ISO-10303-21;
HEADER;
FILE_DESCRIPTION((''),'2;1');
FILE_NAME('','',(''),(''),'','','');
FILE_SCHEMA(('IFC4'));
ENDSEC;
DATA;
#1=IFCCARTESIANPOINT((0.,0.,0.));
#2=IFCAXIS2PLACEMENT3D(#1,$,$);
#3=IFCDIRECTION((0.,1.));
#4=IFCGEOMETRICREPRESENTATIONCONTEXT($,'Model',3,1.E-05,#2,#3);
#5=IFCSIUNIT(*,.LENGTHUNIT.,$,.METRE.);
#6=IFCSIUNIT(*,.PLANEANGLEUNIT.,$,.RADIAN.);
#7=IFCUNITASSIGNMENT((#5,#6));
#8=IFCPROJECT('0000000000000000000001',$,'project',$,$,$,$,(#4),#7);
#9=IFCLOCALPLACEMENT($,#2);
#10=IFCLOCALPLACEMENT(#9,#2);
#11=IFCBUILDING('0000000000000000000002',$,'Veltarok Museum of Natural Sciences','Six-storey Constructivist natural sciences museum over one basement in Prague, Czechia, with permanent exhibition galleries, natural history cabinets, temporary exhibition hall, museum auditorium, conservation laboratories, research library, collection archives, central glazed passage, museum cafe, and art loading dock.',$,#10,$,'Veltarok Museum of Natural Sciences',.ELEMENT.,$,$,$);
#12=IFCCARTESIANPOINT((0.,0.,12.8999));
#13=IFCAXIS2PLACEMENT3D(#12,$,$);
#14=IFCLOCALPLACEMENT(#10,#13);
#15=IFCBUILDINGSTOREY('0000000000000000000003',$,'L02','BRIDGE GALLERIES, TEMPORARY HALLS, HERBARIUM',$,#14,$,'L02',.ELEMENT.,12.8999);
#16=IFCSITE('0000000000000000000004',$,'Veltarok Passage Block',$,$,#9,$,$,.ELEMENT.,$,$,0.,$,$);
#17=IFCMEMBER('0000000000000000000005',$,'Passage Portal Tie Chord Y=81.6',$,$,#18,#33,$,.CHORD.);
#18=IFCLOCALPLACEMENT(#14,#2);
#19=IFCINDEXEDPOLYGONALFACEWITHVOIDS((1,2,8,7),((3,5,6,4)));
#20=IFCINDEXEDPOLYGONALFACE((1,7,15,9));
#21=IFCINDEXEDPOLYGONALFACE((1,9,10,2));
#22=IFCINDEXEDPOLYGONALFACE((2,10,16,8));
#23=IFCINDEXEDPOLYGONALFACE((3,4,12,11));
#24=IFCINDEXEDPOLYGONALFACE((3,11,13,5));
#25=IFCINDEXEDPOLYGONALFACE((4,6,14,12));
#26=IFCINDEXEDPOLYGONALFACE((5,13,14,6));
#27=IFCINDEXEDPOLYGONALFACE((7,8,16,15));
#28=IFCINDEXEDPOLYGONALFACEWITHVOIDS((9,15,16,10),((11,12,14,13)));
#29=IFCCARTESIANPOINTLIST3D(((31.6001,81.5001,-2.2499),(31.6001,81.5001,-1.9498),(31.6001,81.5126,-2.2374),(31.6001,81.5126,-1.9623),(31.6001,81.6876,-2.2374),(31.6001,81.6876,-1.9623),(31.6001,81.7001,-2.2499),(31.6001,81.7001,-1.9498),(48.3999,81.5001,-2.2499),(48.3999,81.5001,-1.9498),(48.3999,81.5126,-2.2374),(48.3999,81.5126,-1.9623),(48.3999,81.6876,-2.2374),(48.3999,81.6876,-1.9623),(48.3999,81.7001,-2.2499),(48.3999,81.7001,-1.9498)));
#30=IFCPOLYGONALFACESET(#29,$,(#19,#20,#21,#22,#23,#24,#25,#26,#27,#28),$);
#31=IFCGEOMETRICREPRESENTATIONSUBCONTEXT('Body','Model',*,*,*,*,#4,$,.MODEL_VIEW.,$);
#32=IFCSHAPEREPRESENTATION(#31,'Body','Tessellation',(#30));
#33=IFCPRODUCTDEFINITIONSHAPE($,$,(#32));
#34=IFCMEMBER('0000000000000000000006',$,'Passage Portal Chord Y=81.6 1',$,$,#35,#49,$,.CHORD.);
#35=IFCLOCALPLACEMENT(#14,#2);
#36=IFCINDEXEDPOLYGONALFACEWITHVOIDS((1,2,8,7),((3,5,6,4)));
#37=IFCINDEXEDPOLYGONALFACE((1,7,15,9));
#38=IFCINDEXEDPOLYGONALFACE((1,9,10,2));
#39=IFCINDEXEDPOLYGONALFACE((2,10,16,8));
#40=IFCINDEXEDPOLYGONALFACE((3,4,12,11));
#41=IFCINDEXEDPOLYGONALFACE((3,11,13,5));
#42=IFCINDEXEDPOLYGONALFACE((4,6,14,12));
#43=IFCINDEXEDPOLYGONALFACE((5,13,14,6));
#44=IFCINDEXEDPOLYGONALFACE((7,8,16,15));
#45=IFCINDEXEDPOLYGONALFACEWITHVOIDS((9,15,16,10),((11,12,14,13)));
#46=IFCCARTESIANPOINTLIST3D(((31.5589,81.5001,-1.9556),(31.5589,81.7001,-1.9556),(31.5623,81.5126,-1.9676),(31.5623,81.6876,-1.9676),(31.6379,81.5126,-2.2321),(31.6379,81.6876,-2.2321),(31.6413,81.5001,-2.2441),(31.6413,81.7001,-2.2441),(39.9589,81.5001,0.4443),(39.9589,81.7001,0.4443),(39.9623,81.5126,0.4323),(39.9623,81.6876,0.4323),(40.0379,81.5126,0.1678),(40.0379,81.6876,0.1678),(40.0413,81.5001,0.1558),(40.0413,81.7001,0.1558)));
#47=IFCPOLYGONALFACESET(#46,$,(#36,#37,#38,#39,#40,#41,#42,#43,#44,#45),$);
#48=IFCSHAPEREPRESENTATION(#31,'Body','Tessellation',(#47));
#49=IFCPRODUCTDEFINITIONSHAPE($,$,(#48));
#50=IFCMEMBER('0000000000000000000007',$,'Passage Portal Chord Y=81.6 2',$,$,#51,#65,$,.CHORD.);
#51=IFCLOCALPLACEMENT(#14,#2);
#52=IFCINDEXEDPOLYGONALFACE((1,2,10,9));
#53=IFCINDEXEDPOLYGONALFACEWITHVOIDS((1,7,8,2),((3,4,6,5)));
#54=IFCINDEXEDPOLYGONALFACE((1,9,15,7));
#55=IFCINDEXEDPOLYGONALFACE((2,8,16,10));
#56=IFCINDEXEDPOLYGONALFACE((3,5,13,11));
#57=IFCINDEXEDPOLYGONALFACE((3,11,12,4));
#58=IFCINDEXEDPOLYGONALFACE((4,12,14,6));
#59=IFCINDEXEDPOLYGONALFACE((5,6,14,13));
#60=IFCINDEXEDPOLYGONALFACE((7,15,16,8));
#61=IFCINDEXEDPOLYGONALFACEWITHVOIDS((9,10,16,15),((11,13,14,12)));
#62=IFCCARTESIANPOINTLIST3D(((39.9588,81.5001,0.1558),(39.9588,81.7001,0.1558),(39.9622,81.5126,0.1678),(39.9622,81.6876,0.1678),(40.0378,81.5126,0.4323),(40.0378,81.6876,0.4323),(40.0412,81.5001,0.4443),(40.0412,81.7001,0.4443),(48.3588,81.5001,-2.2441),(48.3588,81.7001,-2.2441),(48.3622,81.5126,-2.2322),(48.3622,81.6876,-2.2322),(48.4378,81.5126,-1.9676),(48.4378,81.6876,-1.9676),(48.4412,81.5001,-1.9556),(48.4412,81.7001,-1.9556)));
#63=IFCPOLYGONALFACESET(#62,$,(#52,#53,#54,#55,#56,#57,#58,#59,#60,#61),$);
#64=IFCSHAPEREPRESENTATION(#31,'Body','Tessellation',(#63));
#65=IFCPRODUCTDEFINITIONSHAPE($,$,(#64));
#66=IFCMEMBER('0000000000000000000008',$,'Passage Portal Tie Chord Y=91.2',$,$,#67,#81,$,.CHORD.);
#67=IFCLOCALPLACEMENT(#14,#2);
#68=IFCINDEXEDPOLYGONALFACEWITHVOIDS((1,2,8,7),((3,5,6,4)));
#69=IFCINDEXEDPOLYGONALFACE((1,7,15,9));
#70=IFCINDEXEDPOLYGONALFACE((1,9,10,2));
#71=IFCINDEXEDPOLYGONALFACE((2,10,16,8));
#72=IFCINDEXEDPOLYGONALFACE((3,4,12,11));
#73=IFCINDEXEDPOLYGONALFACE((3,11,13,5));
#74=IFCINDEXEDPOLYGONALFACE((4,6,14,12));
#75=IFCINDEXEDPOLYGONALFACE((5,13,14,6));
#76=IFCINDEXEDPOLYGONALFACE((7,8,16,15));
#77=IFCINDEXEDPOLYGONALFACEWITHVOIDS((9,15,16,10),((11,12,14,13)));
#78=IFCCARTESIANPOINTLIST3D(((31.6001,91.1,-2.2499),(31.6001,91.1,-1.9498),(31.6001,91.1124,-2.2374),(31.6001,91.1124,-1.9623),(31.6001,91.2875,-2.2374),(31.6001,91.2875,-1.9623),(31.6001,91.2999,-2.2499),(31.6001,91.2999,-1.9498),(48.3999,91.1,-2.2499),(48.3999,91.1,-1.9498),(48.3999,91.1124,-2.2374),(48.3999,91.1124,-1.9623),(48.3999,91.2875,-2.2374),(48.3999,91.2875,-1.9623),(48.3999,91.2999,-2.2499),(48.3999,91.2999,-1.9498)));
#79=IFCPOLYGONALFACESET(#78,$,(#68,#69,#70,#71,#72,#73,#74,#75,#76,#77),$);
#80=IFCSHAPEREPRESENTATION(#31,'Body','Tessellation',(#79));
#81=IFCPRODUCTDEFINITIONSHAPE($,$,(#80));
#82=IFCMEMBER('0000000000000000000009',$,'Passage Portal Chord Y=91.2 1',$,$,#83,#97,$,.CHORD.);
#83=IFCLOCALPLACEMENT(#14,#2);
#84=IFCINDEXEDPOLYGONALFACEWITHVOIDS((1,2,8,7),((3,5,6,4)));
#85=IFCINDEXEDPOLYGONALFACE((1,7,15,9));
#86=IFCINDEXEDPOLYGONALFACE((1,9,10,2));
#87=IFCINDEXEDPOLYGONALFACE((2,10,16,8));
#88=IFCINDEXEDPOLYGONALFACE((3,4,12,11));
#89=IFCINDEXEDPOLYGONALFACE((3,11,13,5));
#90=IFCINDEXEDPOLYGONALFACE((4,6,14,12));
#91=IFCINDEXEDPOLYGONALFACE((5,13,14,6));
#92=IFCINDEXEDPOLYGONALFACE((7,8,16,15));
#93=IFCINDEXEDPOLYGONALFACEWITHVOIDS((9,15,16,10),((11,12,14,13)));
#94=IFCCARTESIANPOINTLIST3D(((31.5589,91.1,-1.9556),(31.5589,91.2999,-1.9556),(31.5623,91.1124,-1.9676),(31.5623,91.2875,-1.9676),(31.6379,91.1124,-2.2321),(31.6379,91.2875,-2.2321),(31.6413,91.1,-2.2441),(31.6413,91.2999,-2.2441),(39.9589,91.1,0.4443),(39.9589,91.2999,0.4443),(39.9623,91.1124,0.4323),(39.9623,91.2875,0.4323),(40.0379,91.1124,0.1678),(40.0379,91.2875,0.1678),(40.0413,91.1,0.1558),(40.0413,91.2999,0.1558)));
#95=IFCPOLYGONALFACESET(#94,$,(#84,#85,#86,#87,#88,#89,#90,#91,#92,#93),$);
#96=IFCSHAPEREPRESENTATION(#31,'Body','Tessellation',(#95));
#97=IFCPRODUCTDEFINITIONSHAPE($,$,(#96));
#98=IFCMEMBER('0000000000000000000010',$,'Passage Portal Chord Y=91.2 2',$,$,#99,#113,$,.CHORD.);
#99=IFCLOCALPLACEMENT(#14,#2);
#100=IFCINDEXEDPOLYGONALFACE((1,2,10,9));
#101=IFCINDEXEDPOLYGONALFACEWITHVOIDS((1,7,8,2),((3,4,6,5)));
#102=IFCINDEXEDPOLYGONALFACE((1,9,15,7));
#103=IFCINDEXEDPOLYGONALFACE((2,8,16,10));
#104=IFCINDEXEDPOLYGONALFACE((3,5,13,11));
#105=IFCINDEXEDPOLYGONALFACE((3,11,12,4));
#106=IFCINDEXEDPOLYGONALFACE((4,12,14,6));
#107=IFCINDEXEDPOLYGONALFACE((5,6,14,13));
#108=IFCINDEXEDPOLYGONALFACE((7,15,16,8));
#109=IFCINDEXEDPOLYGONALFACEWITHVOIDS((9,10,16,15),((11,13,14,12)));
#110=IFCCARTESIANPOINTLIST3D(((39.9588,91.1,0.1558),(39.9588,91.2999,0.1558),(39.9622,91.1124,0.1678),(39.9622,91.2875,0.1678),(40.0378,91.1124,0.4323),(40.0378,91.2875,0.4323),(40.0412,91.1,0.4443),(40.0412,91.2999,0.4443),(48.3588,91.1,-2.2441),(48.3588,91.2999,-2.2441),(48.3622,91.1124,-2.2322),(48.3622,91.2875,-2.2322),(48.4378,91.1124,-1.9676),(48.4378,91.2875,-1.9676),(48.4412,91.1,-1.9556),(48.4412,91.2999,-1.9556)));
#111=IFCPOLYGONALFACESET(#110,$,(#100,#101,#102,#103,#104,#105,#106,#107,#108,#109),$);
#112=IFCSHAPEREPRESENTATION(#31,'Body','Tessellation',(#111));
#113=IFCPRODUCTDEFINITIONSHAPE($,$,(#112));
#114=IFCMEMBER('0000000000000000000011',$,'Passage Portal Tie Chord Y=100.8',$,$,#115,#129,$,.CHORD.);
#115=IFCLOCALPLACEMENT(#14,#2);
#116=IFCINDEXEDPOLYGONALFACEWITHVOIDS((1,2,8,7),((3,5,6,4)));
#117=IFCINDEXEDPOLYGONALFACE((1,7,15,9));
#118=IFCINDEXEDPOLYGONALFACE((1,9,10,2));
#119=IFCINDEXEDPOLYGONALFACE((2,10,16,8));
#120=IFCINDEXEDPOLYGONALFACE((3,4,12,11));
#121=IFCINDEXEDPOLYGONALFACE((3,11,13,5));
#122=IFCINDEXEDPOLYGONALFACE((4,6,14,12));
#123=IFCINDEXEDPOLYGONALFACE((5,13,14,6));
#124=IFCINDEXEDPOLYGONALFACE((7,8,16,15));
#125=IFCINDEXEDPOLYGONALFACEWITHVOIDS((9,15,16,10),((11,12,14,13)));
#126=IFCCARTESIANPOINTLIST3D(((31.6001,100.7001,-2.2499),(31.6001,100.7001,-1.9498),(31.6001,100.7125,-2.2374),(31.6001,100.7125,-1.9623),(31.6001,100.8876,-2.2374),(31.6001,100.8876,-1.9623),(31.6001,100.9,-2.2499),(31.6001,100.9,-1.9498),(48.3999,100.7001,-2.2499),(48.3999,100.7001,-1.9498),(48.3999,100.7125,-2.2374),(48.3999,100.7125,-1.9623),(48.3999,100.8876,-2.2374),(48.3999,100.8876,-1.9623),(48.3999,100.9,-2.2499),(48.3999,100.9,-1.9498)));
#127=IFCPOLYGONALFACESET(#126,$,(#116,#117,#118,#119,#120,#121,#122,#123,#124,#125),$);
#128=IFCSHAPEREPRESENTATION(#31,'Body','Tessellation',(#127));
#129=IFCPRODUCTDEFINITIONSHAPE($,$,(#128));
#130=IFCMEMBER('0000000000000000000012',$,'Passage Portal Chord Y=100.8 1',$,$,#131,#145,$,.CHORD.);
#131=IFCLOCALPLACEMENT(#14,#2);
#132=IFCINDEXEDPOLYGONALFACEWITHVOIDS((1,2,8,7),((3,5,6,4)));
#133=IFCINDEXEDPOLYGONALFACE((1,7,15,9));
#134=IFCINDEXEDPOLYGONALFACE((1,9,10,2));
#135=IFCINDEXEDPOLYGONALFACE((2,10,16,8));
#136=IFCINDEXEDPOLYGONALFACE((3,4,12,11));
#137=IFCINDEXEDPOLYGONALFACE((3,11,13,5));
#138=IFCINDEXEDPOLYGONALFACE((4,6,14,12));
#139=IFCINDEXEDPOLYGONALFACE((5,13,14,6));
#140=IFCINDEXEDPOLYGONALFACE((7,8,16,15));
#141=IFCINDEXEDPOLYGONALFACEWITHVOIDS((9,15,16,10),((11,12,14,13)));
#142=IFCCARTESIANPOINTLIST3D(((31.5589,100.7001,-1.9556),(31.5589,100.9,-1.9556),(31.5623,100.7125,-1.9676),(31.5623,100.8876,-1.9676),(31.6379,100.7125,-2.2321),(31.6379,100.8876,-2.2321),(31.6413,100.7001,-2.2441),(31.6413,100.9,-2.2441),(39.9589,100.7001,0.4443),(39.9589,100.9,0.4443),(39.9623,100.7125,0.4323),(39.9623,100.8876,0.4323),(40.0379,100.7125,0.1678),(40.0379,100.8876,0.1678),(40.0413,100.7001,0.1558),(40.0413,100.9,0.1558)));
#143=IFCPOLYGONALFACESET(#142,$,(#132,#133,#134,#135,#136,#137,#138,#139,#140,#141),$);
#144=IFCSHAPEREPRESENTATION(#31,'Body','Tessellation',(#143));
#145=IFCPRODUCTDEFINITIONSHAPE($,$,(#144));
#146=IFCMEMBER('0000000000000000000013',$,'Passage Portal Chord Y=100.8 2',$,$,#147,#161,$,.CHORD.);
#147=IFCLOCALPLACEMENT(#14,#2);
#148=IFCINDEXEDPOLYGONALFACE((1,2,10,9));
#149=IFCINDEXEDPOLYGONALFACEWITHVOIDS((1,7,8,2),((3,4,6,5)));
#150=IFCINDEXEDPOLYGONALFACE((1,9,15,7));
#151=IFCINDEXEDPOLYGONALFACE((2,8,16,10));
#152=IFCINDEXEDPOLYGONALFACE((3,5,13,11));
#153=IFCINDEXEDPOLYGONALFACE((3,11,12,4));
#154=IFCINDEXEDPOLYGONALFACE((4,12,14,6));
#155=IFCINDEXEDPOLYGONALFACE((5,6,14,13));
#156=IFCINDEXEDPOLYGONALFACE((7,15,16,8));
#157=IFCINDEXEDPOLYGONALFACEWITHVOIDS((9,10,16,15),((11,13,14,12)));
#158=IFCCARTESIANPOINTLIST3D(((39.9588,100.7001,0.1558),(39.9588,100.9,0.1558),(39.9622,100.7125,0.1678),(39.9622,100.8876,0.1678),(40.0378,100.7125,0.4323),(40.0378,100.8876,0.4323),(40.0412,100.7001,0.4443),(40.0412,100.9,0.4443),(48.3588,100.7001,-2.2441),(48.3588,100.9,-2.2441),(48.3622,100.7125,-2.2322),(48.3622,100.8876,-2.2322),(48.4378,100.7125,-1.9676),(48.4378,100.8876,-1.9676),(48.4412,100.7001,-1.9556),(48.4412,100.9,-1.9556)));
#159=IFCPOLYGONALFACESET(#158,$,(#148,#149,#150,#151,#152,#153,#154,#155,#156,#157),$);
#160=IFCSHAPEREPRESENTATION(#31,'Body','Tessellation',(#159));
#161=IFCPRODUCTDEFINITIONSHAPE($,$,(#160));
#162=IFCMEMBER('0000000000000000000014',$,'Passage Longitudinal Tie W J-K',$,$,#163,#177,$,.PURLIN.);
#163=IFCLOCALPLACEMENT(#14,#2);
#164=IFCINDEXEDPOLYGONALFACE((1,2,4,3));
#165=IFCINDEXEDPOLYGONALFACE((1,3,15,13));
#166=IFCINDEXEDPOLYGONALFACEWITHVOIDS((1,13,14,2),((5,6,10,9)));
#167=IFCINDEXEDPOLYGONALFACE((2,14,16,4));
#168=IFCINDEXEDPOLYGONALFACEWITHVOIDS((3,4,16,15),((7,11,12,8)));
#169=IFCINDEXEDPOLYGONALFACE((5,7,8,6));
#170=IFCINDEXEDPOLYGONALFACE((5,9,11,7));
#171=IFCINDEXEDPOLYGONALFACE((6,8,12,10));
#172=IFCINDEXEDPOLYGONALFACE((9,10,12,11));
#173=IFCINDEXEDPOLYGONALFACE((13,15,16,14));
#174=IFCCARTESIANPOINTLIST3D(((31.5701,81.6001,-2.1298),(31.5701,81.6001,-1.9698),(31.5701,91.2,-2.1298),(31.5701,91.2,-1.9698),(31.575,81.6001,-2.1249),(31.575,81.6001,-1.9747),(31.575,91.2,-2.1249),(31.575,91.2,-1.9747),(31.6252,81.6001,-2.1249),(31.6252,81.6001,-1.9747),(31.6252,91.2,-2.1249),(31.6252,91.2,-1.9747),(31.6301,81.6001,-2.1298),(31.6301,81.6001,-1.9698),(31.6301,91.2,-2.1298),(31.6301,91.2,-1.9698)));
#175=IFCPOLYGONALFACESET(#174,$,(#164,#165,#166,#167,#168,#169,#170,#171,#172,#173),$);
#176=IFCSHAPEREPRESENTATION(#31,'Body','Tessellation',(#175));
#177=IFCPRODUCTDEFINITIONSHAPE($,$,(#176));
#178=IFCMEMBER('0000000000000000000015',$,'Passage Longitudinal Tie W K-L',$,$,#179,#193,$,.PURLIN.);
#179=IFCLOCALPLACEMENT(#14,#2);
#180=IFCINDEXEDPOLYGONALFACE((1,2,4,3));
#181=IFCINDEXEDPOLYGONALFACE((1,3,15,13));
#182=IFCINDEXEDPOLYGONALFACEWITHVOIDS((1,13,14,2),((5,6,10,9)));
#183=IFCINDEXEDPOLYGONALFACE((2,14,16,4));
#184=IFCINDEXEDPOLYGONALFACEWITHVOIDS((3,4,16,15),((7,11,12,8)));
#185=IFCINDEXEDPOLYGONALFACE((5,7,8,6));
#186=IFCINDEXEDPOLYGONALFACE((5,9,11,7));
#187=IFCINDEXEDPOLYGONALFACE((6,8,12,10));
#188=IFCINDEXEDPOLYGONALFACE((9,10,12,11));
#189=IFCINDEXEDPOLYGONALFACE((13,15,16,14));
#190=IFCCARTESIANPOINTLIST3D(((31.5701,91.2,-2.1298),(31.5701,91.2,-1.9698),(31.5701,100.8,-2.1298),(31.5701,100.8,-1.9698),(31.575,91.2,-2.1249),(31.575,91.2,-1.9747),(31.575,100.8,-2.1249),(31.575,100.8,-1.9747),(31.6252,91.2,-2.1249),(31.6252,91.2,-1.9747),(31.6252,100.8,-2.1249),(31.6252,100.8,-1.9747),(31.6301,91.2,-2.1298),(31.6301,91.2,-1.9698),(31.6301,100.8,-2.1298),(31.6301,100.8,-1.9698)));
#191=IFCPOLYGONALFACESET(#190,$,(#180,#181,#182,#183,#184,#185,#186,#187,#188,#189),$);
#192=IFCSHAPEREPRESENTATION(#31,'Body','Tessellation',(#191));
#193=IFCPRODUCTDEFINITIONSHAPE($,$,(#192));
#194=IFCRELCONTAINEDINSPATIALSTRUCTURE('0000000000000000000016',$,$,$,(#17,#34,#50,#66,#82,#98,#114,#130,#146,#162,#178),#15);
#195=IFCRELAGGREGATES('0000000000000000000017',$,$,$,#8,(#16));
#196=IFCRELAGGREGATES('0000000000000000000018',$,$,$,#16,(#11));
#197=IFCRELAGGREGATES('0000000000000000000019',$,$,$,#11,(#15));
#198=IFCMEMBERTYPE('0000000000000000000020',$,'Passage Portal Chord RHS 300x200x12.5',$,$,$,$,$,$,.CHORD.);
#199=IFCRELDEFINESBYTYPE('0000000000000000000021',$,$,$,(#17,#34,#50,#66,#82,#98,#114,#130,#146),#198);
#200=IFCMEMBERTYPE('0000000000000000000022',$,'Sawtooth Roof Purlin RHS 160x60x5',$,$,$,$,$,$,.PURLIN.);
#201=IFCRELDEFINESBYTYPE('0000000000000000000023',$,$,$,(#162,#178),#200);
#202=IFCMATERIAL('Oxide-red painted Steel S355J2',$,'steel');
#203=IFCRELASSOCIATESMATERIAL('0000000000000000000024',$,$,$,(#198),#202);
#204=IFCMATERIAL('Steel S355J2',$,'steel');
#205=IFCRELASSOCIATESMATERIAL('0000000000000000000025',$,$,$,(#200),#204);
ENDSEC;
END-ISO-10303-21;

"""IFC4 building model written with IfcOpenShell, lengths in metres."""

from ifc_helpers import new_model, si_unit, direction, frame, origin, origin_2d, place, context, subcontext, project, spatial, hollow_rectangle, extrude, material, material_profile, profile_set, type_object, element, save


model = new_model("IFC4")

# Units and contexts
model_context = context("Model", 3, precision=1e-05, world=origin(), true_north=direction((0.0, 1.0)))
body_context = subcontext(model_context, "Body", "Model", "MODEL_VIEW")
ifc_project = project(units=[si_unit("LENGTHUNIT", "METRE"), si_unit("PLANEANGLEUNIT", "RADIAN")], contexts=[model_context])

# Site, building, storey
site_placement = place(None, origin())
site = spatial("IfcSite", under=ifc_project, at=site_placement, Name="Veltarok Passage Block", CompositionType="ELEMENT", RefElevation=0.0)
building_placement = place(site_placement, origin())
building = spatial("IfcBuilding", under=site, at=building_placement, Name="Veltarok Museum of Natural Sciences", Description="Six-storey Constructivist natural sciences museum over one basement in Prague, Czechia, with permanent exhibition galleries, natural history cabinets, temporary exhibition hall, museum auditorium, conservation laboratories, research library, collection archives, central glazed passage, museum cafe, and art loading dock.", LongName="Veltarok Museum of Natural Sciences", CompositionType="ELEMENT")
storey_placement = place(building_placement, frame((0.0, 0.0, 12.8999)))
storey = spatial("IfcBuildingStorey", under=building, at=storey_placement, Name="L02", Description="BRIDGE GALLERIES, TEMPORARY HALLS, HERBARIUM", LongName="L02", CompositionType="ELEMENT", Elevation=12.8999)

# Members
ifc_material_1 = material(Name="Oxide-red painted Steel S355J2", Category="steel")
ifc_material_profile_1 = material_profile(ifc_material_1, hollow_rectangle(XDim=0.2, YDim=0.3, WallThickness=0.0125, at=origin_2d()), Name="RHS 300x200x12.5")
ifc_profile_set_1 = profile_set([ifc_material_profile_1], Name="Oxide-red painted Steel S355J2")
member_type_1 = type_object("IfcMemberType", Name="Passage Portal Chord RHS 300x200x12.5", PredefinedType="CHORD", material=ifc_profile_set_1)
member_1_placement = place(storey_placement, frame((31.6001, 81.6001, -2.0999), z_axis=(1.0, 0.0, 0.0), x_axis=(0.0, 1.0, 0.0)))
element("IfcMember", 1, at=member_1_placement, inside=storey, type_object=member_type_1, Name="Passage Portal Tie Chord Y=81.6", PredefinedType="CHORD", context=body_context, shape_type="SweptSolid", body=[
    extrude(hollow_rectangle(XDim=0.2, YDim=0.3, WallThickness=0.0125, at=origin_2d()), origin(), (0.0, 0.0, 1.0), 16.7998),
])
for number, where, z_axis, x_axis, name in (
    (2, (31.6001, 81.6001, -2.0999), (0.961526, 0.0, 0.274714), (0.0, 1.0, 0.0), "Passage Portal Chord Y=81.6 1"),
    (3, (40.0, 81.6001, 0.3), (0.961526, 0.0, -0.274714), (0.0, 1.0, 0.0), "Passage Portal Chord Y=81.6 2"),
):
    element("IfcMember", number, at=place(storey_placement, frame(where, z_axis=z_axis, x_axis=x_axis)), inside=storey, type_object=member_type_1, Name=name, PredefinedType="CHORD", context=body_context, shape_type="SweptSolid", body=[
        extrude(hollow_rectangle(XDim=0.2, YDim=0.3, WallThickness=0.0125, at=origin_2d()), origin(), (0.0, 0.0, 1.0), 8.7361),
    ])
member_2_placement = place(storey_placement, frame((31.6001, 91.2, -2.0999), z_axis=(1.0, 0.0, 0.0), x_axis=(0.0, 1.0, 0.0)))
element("IfcMember", 4, at=member_2_placement, inside=storey, type_object=member_type_1, Name="Passage Portal Tie Chord Y=91.2", PredefinedType="CHORD", context=body_context, shape_type="SweptSolid", body=[
    extrude(hollow_rectangle(XDim=0.2, YDim=0.3, WallThickness=0.0125, at=origin_2d()), origin(), (0.0, 0.0, 1.0), 16.7998),
])
for number, where, z_axis, x_axis, name in (
    (5, (31.6001, 91.2, -2.0999), (0.961526, 0.0, 0.274714), (0.0, 1.0, 0.0), "Passage Portal Chord Y=91.2 1"),
    (6, (40.0, 91.2, 0.3), (0.961526, 0.0, -0.274714), (0.0, 1.0, 0.0), "Passage Portal Chord Y=91.2 2"),
):
    element("IfcMember", number, at=place(storey_placement, frame(where, z_axis=z_axis, x_axis=x_axis)), inside=storey, type_object=member_type_1, Name=name, PredefinedType="CHORD", context=body_context, shape_type="SweptSolid", body=[
        extrude(hollow_rectangle(XDim=0.2, YDim=0.3, WallThickness=0.0125, at=origin_2d()), origin(), (0.0, 0.0, 1.0), 8.7361),
    ])
member_3_placement = place(storey_placement, frame((31.6001, 100.8, -2.0999), z_axis=(1.0, 0.0, 0.0), x_axis=(0.0, 1.0, 0.0)))
element("IfcMember", 7, at=member_3_placement, inside=storey, type_object=member_type_1, Name="Passage Portal Tie Chord Y=100.8", PredefinedType="CHORD", context=body_context, shape_type="SweptSolid", body=[
    extrude(hollow_rectangle(XDim=0.2, YDim=0.3, WallThickness=0.0125, at=origin_2d()), origin(), (0.0, 0.0, 1.0), 16.7998),
])
for number, where, z_axis, x_axis, name in (
    (8, (31.6001, 100.8, -2.0999), (0.961526, 0.0, 0.274714), (0.0, 1.0, 0.0), "Passage Portal Chord Y=100.8 1"),
    (9, (40.0, 100.8, 0.3), (0.961526, 0.0, -0.274714), (0.0, 1.0, 0.0), "Passage Portal Chord Y=100.8 2"),
):
    element("IfcMember", number, at=place(storey_placement, frame(where, z_axis=z_axis, x_axis=x_axis)), inside=storey, type_object=member_type_1, Name=name, PredefinedType="CHORD", context=body_context, shape_type="SweptSolid", body=[
        extrude(hollow_rectangle(XDim=0.2, YDim=0.3, WallThickness=0.0125, at=origin_2d()), origin(), (0.0, 0.0, 1.0), 8.7361),
    ])
ifc_material_2 = material(Name="Steel S355J2", Category="steel")
ifc_material_profile_2 = material_profile(ifc_material_2, hollow_rectangle(XDim=0.0601, YDim=0.1599, WallThickness=0.0049, at=origin_2d()), Name="RHS 160x60x5")
ifc_profile_set_2 = profile_set([ifc_material_profile_2], Name="Steel S355J2")
member_type_2 = type_object("IfcMemberType", Name="Sawtooth Roof Purlin RHS 160x60x5", PredefinedType="PURLIN", material=ifc_profile_set_2)
member_4_placement = place(storey_placement, frame((31.6001, 81.6001, -2.0498), z_axis=(0.0, 1.0, 0.0), x_axis=(-1.0, 0.0, 0.0)))
element("IfcMember", 10, at=member_4_placement, inside=storey, type_object=member_type_2, Name="Passage Longitudinal Tie W J-K", PredefinedType="PURLIN", context=body_context, shape_type="SweptSolid", body=[
    extrude(hollow_rectangle(XDim=0.0601, YDim=0.1599, WallThickness=0.0049, at=origin_2d()), origin(), (0.0, 0.0, 1.0), 9.5999),
])
member_5_placement = place(storey_placement, frame((31.6001, 91.2, -2.0498), z_axis=(0.0, 1.0, 0.0), x_axis=(-1.0, 0.0, 0.0)))
element("IfcMember", 11, at=member_5_placement, inside=storey, type_object=member_type_2, Name="Passage Longitudinal Tie W K-L", PredefinedType="PURLIN", context=body_context, shape_type="SweptSolid", body=[
    extrude(hollow_rectangle(XDim=0.0601, YDim=0.1599, WallThickness=0.0049, at=origin_2d()), origin(), (0.0, 0.0, 1.0), 9.6001),
])

save(model, "model.ifc")
